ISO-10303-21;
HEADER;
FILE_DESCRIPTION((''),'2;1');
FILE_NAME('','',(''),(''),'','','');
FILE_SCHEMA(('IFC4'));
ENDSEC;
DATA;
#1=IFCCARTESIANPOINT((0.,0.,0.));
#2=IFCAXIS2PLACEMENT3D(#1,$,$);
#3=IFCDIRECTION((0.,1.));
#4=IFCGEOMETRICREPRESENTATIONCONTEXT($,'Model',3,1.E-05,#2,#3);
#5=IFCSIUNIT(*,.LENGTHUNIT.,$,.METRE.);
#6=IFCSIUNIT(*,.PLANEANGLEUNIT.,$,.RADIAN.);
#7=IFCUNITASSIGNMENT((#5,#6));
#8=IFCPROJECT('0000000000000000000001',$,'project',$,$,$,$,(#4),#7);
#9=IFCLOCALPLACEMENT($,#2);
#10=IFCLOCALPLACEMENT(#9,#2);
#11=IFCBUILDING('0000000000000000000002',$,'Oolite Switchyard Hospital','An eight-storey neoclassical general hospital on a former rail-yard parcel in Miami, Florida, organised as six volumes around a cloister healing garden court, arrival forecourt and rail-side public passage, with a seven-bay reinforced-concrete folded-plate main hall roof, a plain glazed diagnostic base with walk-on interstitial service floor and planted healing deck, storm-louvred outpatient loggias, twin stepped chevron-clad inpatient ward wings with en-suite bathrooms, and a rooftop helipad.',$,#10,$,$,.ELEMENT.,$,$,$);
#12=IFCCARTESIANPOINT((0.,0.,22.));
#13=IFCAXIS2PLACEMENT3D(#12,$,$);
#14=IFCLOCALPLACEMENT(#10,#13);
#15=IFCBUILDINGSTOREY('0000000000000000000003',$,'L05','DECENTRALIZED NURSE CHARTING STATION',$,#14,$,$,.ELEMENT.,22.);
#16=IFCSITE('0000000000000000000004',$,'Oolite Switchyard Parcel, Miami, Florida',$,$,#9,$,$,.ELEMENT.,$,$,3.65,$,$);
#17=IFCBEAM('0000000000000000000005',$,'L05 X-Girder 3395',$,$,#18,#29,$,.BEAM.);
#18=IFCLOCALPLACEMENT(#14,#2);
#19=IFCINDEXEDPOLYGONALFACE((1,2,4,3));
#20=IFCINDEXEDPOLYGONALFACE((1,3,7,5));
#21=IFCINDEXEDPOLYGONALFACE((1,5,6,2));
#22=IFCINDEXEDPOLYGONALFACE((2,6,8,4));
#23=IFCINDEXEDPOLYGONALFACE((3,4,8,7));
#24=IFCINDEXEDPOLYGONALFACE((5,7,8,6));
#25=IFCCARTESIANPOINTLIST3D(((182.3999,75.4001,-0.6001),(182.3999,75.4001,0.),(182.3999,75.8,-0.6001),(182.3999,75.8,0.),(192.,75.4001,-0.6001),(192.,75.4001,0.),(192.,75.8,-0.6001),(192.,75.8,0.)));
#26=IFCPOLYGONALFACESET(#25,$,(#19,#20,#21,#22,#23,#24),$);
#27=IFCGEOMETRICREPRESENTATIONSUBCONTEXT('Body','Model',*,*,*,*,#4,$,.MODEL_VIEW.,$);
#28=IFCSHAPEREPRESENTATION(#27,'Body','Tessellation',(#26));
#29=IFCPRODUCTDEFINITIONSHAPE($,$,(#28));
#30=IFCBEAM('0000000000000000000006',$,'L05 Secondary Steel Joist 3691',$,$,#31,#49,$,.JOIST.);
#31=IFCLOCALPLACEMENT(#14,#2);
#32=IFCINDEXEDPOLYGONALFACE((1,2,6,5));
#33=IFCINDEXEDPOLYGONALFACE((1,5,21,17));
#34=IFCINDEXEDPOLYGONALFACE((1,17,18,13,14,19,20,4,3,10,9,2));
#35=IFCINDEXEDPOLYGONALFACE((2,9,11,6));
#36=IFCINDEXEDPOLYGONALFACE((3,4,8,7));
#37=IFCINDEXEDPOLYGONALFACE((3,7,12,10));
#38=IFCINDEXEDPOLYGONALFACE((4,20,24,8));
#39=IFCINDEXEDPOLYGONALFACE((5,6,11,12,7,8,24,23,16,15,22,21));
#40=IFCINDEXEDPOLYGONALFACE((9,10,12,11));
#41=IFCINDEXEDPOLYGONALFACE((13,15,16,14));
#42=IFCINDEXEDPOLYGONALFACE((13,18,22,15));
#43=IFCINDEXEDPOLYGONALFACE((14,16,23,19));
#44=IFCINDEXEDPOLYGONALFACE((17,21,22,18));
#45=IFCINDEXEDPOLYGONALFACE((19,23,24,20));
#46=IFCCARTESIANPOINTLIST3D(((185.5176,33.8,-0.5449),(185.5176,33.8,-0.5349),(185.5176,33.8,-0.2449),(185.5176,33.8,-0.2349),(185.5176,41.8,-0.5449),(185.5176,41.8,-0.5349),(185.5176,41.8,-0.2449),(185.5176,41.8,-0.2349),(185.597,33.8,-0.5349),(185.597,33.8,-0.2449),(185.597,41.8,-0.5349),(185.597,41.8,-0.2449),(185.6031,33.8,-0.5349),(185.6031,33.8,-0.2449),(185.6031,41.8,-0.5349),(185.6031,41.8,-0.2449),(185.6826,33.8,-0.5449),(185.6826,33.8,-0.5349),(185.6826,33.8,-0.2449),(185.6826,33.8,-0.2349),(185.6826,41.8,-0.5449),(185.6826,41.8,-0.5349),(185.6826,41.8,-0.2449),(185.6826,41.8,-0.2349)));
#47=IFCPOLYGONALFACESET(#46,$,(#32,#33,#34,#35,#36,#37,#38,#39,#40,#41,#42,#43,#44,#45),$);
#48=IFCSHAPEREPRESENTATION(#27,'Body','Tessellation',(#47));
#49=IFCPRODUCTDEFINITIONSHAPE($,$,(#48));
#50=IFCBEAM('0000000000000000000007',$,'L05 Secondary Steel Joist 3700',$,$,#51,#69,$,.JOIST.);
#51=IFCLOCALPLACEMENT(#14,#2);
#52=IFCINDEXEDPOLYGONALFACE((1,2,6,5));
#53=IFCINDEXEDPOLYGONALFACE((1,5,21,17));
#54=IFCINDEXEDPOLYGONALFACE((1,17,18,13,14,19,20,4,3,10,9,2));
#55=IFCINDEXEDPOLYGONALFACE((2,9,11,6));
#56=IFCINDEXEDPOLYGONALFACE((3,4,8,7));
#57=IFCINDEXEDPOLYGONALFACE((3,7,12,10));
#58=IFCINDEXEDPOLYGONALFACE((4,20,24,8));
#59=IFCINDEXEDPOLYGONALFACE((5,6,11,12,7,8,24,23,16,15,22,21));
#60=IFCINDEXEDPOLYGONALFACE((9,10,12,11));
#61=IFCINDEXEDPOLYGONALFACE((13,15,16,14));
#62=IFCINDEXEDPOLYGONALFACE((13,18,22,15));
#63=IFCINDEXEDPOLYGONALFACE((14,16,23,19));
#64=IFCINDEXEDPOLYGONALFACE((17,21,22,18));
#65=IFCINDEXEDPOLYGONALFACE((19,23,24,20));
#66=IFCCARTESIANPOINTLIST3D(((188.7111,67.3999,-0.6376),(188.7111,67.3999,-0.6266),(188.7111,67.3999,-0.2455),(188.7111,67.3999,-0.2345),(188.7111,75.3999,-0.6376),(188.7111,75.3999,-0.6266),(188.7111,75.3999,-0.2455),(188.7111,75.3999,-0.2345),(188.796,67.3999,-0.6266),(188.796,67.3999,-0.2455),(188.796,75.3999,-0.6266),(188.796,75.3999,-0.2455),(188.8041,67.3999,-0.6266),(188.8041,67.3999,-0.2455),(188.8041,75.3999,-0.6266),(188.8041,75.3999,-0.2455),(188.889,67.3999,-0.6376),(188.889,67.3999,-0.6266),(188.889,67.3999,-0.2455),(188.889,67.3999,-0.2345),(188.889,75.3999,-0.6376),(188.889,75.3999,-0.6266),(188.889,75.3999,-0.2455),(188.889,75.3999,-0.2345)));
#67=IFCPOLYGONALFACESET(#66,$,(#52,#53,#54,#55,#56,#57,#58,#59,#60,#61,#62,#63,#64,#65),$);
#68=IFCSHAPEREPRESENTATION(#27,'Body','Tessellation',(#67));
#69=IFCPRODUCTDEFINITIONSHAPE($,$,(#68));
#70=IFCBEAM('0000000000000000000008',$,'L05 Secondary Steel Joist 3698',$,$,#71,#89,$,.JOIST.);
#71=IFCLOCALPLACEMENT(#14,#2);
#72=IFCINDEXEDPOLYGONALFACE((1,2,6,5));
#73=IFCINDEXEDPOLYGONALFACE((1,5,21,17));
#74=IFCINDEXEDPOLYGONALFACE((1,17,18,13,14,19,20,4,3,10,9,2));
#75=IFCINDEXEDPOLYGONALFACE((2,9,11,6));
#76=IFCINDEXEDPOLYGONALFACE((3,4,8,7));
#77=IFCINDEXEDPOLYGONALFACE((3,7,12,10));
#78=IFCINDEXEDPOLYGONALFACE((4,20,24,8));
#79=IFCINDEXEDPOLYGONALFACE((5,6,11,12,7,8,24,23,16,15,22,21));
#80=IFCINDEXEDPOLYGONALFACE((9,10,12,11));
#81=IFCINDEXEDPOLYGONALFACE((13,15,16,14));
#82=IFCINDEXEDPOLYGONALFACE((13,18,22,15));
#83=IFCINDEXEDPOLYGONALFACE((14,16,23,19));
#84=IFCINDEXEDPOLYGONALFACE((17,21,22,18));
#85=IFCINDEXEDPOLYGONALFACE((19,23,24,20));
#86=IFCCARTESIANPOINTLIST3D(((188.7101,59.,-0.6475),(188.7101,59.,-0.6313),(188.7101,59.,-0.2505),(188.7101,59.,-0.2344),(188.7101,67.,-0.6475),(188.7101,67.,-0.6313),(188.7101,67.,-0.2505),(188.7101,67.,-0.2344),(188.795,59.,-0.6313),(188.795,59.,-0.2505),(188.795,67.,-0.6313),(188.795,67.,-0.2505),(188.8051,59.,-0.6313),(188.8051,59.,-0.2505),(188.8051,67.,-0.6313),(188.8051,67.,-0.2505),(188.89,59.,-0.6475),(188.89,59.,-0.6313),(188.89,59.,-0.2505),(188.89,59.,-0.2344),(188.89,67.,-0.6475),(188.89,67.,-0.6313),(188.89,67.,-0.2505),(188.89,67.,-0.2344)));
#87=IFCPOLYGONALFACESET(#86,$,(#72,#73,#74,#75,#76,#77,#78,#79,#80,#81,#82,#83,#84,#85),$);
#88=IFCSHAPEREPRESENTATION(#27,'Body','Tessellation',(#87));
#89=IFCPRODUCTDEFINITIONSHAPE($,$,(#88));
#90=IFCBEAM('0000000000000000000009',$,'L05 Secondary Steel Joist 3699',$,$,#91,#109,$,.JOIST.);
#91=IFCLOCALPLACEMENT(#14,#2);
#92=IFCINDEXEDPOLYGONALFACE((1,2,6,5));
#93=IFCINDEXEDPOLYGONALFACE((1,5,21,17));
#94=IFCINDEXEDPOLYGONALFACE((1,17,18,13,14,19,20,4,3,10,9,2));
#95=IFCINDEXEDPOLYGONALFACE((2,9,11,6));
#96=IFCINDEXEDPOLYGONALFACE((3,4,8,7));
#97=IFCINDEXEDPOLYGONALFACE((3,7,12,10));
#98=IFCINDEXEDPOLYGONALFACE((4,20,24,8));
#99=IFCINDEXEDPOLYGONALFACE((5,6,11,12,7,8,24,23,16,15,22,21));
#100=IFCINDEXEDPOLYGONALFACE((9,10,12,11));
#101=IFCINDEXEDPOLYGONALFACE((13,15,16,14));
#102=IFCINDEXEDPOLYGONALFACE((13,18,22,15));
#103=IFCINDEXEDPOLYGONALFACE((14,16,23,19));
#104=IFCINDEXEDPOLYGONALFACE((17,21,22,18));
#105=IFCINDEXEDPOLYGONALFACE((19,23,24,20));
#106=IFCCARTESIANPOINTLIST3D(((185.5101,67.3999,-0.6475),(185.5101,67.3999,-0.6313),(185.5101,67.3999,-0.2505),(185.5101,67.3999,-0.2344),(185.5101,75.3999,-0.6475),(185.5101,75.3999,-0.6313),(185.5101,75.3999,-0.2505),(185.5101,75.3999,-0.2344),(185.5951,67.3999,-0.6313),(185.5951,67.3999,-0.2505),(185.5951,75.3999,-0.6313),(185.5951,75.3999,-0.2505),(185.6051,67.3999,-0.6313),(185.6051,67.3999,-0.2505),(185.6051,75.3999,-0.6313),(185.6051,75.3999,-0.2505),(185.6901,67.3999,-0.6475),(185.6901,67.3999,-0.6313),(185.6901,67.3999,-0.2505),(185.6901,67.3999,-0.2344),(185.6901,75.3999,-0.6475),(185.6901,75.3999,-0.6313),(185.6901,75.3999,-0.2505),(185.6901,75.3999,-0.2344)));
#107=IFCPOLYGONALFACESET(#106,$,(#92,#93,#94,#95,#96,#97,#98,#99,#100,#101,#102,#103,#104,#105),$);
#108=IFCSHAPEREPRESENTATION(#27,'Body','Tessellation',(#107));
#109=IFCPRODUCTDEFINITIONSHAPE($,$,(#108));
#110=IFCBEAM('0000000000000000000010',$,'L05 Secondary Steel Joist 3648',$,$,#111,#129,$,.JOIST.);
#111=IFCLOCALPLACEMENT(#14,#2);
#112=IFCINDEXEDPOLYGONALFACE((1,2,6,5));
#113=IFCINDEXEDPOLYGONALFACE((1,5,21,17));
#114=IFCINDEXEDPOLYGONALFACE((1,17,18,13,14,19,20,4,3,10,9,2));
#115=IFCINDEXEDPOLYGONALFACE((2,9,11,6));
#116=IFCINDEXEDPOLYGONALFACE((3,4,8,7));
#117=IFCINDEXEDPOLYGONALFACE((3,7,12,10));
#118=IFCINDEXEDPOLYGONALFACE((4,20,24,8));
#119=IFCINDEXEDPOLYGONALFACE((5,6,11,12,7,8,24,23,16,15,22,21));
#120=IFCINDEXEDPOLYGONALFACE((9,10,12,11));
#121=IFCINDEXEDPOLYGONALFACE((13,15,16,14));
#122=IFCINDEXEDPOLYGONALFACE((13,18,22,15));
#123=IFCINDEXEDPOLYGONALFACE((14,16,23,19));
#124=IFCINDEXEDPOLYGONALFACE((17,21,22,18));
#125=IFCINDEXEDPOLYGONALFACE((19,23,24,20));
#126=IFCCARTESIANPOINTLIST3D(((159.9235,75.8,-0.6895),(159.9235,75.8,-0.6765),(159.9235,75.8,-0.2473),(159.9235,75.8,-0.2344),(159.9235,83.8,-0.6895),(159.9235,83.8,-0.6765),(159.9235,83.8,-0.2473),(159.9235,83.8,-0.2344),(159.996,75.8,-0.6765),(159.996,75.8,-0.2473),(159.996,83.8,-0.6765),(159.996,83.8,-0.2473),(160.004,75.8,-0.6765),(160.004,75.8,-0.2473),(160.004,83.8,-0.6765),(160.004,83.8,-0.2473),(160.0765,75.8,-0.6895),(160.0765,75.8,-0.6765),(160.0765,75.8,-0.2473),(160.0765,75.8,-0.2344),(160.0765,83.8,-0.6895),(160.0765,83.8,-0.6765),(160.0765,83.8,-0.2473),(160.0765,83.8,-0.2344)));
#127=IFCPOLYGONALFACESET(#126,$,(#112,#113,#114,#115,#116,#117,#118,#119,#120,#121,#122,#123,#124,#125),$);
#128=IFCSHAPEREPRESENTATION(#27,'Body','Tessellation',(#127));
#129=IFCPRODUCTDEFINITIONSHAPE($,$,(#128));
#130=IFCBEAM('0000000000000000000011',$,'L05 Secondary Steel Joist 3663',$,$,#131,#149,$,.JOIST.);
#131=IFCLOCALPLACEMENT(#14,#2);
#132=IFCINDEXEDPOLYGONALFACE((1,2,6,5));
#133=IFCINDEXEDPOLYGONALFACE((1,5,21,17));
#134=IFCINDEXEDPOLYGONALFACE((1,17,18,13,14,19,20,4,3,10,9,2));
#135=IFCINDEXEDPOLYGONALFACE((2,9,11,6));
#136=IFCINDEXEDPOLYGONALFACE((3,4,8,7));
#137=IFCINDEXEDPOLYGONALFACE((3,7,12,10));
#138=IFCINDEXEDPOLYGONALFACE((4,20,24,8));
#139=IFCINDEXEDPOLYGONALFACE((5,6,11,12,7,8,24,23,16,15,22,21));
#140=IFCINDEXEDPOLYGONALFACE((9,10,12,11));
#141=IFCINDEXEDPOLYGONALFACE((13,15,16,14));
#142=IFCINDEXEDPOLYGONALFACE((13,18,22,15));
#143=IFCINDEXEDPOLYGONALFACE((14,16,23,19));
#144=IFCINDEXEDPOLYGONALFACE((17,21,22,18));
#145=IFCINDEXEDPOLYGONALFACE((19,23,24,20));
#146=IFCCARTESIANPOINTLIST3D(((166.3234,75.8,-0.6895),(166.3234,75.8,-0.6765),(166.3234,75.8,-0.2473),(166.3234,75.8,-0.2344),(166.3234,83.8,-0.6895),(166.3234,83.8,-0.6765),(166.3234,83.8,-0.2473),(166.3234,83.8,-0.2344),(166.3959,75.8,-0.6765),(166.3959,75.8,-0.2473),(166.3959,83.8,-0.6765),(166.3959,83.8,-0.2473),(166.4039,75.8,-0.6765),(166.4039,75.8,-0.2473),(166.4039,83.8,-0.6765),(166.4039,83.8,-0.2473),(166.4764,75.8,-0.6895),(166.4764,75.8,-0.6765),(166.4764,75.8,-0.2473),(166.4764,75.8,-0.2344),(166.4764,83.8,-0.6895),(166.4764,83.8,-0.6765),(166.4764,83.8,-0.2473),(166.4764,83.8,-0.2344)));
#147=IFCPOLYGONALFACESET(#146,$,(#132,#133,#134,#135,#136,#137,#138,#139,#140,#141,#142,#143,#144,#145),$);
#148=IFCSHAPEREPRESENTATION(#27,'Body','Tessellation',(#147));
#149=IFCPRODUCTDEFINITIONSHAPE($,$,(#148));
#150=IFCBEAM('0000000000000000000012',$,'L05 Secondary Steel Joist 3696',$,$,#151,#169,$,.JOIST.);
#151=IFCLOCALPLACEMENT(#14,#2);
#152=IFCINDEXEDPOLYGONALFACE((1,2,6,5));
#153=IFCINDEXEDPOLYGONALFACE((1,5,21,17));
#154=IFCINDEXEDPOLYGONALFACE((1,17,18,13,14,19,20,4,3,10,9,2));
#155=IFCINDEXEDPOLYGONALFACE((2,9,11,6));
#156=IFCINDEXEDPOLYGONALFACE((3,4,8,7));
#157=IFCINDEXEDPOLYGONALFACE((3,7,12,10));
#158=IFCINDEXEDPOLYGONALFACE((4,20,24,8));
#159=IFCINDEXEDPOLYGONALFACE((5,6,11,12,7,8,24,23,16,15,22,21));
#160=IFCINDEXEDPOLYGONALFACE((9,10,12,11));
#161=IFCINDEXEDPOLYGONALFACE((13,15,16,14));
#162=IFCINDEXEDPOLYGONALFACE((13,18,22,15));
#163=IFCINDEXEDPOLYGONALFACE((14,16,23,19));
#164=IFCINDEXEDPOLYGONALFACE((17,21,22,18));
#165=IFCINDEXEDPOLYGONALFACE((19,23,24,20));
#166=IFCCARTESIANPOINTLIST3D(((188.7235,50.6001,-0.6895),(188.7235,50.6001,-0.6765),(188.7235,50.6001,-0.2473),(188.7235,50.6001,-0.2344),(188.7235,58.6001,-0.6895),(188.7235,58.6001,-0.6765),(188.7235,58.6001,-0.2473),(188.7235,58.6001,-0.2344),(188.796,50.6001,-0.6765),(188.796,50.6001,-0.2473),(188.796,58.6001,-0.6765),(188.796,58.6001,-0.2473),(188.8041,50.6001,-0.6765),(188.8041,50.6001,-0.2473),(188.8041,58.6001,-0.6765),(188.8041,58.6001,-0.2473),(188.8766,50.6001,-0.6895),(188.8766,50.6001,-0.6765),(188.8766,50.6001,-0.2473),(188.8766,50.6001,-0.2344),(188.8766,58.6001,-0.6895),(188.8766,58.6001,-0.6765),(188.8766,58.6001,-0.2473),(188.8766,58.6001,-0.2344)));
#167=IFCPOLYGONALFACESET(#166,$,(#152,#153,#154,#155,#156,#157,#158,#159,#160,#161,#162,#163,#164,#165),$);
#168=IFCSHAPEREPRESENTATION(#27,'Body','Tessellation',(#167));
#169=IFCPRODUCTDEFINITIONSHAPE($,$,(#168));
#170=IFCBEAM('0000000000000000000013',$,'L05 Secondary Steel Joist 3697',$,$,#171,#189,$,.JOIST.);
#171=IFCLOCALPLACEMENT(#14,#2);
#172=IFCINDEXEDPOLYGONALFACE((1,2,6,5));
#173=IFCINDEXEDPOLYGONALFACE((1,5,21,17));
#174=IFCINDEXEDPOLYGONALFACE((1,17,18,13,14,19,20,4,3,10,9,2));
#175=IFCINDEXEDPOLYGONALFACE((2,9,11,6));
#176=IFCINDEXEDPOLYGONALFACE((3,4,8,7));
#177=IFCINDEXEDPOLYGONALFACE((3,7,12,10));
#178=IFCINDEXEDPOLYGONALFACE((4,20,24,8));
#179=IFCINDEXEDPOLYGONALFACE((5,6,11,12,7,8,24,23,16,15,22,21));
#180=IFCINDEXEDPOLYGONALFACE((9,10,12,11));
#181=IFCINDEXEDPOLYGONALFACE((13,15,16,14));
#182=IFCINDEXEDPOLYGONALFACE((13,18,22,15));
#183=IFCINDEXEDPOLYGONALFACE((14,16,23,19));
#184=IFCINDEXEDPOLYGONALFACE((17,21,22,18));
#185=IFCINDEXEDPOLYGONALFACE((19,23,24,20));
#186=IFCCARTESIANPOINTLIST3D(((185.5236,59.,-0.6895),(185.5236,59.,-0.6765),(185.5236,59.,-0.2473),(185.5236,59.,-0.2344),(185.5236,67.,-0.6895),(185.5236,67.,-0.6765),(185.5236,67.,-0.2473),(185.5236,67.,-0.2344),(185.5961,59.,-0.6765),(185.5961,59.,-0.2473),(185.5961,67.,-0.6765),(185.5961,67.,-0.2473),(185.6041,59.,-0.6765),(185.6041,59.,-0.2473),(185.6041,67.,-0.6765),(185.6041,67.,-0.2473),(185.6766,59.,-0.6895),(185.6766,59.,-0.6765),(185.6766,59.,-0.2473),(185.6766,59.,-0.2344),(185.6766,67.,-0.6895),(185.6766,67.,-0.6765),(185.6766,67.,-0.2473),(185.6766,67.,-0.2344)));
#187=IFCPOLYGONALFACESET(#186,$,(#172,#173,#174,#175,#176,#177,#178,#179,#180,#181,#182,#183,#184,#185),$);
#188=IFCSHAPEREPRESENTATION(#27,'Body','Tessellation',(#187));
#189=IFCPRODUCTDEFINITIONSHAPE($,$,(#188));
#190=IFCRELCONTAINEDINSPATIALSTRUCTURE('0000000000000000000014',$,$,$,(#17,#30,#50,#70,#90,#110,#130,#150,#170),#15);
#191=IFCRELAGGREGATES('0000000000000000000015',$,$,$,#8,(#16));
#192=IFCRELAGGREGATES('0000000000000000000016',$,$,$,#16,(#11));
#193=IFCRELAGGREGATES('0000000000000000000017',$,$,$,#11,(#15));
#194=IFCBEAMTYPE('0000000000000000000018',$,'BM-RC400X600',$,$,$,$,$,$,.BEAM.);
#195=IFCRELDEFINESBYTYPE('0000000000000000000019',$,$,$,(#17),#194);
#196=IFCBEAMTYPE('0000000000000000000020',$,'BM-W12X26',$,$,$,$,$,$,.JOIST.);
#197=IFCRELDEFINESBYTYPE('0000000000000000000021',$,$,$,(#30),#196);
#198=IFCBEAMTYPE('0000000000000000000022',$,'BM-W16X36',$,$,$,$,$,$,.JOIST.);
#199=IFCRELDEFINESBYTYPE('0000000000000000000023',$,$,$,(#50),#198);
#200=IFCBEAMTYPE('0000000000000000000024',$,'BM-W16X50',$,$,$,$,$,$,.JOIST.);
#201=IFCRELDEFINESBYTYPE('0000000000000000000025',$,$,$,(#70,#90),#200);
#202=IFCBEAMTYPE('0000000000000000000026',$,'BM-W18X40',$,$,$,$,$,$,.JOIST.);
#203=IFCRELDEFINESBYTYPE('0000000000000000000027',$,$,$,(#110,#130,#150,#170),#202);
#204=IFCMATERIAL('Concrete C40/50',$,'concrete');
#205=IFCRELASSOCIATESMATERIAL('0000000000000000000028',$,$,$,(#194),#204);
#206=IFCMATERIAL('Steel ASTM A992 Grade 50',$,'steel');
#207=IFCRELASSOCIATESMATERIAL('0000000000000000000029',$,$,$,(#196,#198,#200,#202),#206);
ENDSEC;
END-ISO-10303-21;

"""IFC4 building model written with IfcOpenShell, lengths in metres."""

from ifc_helpers import new_model, si_unit, direction, frame, origin, origin_2d, place, context, subcontext, project, spatial, rectangle, i_section, extrude, material, material_profile, profile_set, type_object, element, save


model = new_model("IFC4")

# Units and contexts
model_context = context("Model", 3, precision=1e-05, world=origin(), true_north=direction((0.0, 1.0)))
body_context = subcontext(model_context, "Body", "Model", "MODEL_VIEW")
ifc_project = project(units=[si_unit("LENGTHUNIT", "METRE"), si_unit("PLANEANGLEUNIT", "RADIAN")], contexts=[model_context])

# Site, building, storey
site_placement = place(None, origin())
site = spatial("IfcSite", under=ifc_project, at=site_placement, Name="Oolite Switchyard Parcel, Miami, Florida", CompositionType="ELEMENT", RefElevation=3.65)
building_placement = place(site_placement, origin())
building = spatial("IfcBuilding", under=site, at=building_placement, Name="Oolite Switchyard Hospital", Description="An eight-storey neoclassical general hospital on a former rail-yard parcel in Miami, Florida, organised as six volumes around a cloister healing garden court, arrival forecourt and rail-side public passage, with a seven-bay reinforced-concrete folded-plate main hall roof, a plain glazed diagnostic base with walk-on interstitial service floor and planted healing deck, storm-louvred outpatient loggias, twin stepped chevron-clad inpatient ward wings with en-suite bathrooms, and a rooftop helipad.", CompositionType="ELEMENT")
storey_placement = place(building_placement, frame((0.0, 0.0, 22.0)))
storey = spatial("IfcBuildingStorey", under=building, at=storey_placement, Name="L05", Description="DECENTRALIZED NURSE CHARTING STATION", CompositionType="ELEMENT", Elevation=22.0)

# Beams
ifc_material_1 = material(Name="Concrete C40/50", Category="concrete")
ifc_material_profile_1 = material_profile(ifc_material_1, rectangle(XDim=0.3999, YDim=0.6001, at=origin_2d()), Name="RCB400X600")
ifc_profile_set_1 = profile_set([ifc_material_profile_1], Name="Concrete C40/50")
beam_type_1 = type_object("IfcBeamType", Name="BM-RC400X600", PredefinedType="BEAM", material=ifc_profile_set_1)
for number, where, z_axis, x_axis, name in (
    (1, (182.3999, 75.6001, -0.3), (1.0, 0.0, 0.0), (0.0, 1.0, 0.0), "L05 X-Girder 3395"),
):
    element("IfcBeam", number, at=place(storey_placement, frame(where, z_axis=z_axis, x_axis=x_axis)), inside=storey, type_object=beam_type_1, Name=name, PredefinedType="BEAM", context=body_context, shape_type="SweptSolid", body=[
        extrude(rectangle(XDim=0.3999, YDim=0.6001, at=origin_2d()), origin(), (0.0, 0.0, 1.0), 9.6001),
    ])
ifc_material_2 = material(Name="Steel ASTM A992 Grade 50", Category="steel")
ifc_material_profile_2 = material_profile(ifc_material_2, i_section(OverallWidth=0.165, OverallDepth=0.3101, WebThickness=0.0061, FlangeThickness=0.01, at=origin_2d()), Name="W12X26")
ifc_profile_set_2 = profile_set([ifc_material_profile_2], Name="Steel ASTM A992 Grade 50")
beam_type_2 = type_object("IfcBeamType", Name="BM-W12X26", PredefinedType="JOIST", material=ifc_profile_set_2)
beam_1_placement = place(storey_placement, frame((185.6001, 33.8, -0.3899), z_axis=(0.0, 1.0, 0.0), x_axis=(-1.0, 0.0, 0.0)))
element("IfcBeam", 2, at=beam_1_placement, inside=storey, type_object=beam_type_2, Name="L05 Secondary Steel Joist 3691", PredefinedType="JOIST", context=body_context, shape_type="SweptSolid", body=[
    extrude(i_section(OverallWidth=0.165, OverallDepth=0.3101, WebThickness=0.0061, FlangeThickness=0.01, at=origin_2d()), origin(), (0.0, 0.0, 1.0), 8.0),
])
ifc_material_profile_3 = material_profile(ifc_material_2, i_section(OverallWidth=0.178, OverallDepth=0.4031, WebThickness=0.0081, FlangeThickness=0.011, at=origin_2d()), Name="W16X36")
ifc_profile_set_3 = profile_set([ifc_material_profile_3], Name="Steel ASTM A992 Grade 50")
beam_type_3 = type_object("IfcBeamType", Name="BM-W16X36", PredefinedType="JOIST", material=ifc_profile_set_3)
beam_2_placement = place(storey_placement, frame((188.8, 67.3999, -0.436), z_axis=(0.0, 1.0, 0.0), x_axis=(-1.0, 0.0, 0.0)))
element("IfcBeam", 3, at=beam_2_placement, inside=storey, type_object=beam_type_3, Name="L05 Secondary Steel Joist 3700", PredefinedType="JOIST", context=body_context, shape_type="SweptSolid", body=[
    extrude(i_section(OverallWidth=0.178, OverallDepth=0.4031, WebThickness=0.0081, FlangeThickness=0.011, at=origin_2d()), origin(), (0.0, 0.0, 1.0), 8.0),
])
ifc_material_profile_4 = material_profile(ifc_material_2, i_section(OverallWidth=0.1799, OverallDepth=0.4131, WebThickness=0.01, FlangeThickness=0.0161, at=origin_2d()), Name="W16X50")
ifc_profile_set_4 = profile_set([ifc_material_profile_4], Name="Steel ASTM A992 Grade 50")
beam_type_4 = type_object("IfcBeamType", Name="BM-W16X50", PredefinedType="JOIST", material=ifc_profile_set_4)
for number, where, z_axis, x_axis, name in (
    (4, (188.8, 59.0, -0.4409), (0.0, 1.0, 0.0), (-1.0, 0.0, 0.0), "L05 Secondary Steel Joist 3698"),
    (5, (185.6001, 67.3999, -0.4409), (0.0, 1.0, 0.0), (-1.0, 0.0, 0.0), "L05 Secondary Steel Joist 3699"),
):
    element("IfcBeam", number, at=place(storey_placement, frame(where, z_axis=z_axis, x_axis=x_axis)), inside=storey, type_object=beam_type_4, Name=name, PredefinedType="JOIST", context=body_context, shape_type="SweptSolid", body=[
        extrude(i_section(OverallWidth=0.1799, OverallDepth=0.4131, WebThickness=0.01, FlangeThickness=0.0161, at=origin_2d()), origin(), (0.0, 0.0, 1.0), 8.0),
    ])
ifc_material_profile_5 = material_profile(ifc_material_2, i_section(OverallWidth=0.1531, OverallDepth=0.4551, WebThickness=0.0081, FlangeThickness=0.0129, at=origin_2d()), Name="W18X40")
ifc_profile_set_5 = profile_set([ifc_material_profile_5], Name="Steel ASTM A992 Grade 50")
beam_type_5 = type_object("IfcBeamType", Name="BM-W18X40", PredefinedType="JOIST", material=ifc_profile_set_5)
for number, where, z_axis, x_axis, name in (
    (6, (160.0, 75.8, -0.4619), (0.0, 1.0, 0.0), (-1.0, 0.0, 0.0), "L05 Secondary Steel Joist 3648"),
    (7, (166.3999, 75.8, -0.4619), (0.0, 1.0, 0.0), (-1.0, 0.0, 0.0), "L05 Secondary Steel Joist 3663"),
    (8, (188.8, 50.6001, -0.4619), (0.0, 1.0, 0.0), (-1.0, 0.0, 0.0), "L05 Secondary Steel Joist 3696"),
    (9, (185.6001, 59.0, -0.4619), (0.0, 1.0, 0.0), (-1.0, 0.0, 0.0), "L05 Secondary Steel Joist 3697"),
):
    element("IfcBeam", number, at=place(storey_placement, frame(where, z_axis=z_axis, x_axis=x_axis)), inside=storey, type_object=beam_type_5, Name=name, PredefinedType="JOIST", context=body_context, shape_type="SweptSolid", body=[
        extrude(i_section(OverallWidth=0.1531, OverallDepth=0.4551, WebThickness=0.0081, FlangeThickness=0.0129, at=origin_2d()), origin(), (0.0, 0.0, 1.0), 8.0),
    ])

save(model, "model.ifc")
